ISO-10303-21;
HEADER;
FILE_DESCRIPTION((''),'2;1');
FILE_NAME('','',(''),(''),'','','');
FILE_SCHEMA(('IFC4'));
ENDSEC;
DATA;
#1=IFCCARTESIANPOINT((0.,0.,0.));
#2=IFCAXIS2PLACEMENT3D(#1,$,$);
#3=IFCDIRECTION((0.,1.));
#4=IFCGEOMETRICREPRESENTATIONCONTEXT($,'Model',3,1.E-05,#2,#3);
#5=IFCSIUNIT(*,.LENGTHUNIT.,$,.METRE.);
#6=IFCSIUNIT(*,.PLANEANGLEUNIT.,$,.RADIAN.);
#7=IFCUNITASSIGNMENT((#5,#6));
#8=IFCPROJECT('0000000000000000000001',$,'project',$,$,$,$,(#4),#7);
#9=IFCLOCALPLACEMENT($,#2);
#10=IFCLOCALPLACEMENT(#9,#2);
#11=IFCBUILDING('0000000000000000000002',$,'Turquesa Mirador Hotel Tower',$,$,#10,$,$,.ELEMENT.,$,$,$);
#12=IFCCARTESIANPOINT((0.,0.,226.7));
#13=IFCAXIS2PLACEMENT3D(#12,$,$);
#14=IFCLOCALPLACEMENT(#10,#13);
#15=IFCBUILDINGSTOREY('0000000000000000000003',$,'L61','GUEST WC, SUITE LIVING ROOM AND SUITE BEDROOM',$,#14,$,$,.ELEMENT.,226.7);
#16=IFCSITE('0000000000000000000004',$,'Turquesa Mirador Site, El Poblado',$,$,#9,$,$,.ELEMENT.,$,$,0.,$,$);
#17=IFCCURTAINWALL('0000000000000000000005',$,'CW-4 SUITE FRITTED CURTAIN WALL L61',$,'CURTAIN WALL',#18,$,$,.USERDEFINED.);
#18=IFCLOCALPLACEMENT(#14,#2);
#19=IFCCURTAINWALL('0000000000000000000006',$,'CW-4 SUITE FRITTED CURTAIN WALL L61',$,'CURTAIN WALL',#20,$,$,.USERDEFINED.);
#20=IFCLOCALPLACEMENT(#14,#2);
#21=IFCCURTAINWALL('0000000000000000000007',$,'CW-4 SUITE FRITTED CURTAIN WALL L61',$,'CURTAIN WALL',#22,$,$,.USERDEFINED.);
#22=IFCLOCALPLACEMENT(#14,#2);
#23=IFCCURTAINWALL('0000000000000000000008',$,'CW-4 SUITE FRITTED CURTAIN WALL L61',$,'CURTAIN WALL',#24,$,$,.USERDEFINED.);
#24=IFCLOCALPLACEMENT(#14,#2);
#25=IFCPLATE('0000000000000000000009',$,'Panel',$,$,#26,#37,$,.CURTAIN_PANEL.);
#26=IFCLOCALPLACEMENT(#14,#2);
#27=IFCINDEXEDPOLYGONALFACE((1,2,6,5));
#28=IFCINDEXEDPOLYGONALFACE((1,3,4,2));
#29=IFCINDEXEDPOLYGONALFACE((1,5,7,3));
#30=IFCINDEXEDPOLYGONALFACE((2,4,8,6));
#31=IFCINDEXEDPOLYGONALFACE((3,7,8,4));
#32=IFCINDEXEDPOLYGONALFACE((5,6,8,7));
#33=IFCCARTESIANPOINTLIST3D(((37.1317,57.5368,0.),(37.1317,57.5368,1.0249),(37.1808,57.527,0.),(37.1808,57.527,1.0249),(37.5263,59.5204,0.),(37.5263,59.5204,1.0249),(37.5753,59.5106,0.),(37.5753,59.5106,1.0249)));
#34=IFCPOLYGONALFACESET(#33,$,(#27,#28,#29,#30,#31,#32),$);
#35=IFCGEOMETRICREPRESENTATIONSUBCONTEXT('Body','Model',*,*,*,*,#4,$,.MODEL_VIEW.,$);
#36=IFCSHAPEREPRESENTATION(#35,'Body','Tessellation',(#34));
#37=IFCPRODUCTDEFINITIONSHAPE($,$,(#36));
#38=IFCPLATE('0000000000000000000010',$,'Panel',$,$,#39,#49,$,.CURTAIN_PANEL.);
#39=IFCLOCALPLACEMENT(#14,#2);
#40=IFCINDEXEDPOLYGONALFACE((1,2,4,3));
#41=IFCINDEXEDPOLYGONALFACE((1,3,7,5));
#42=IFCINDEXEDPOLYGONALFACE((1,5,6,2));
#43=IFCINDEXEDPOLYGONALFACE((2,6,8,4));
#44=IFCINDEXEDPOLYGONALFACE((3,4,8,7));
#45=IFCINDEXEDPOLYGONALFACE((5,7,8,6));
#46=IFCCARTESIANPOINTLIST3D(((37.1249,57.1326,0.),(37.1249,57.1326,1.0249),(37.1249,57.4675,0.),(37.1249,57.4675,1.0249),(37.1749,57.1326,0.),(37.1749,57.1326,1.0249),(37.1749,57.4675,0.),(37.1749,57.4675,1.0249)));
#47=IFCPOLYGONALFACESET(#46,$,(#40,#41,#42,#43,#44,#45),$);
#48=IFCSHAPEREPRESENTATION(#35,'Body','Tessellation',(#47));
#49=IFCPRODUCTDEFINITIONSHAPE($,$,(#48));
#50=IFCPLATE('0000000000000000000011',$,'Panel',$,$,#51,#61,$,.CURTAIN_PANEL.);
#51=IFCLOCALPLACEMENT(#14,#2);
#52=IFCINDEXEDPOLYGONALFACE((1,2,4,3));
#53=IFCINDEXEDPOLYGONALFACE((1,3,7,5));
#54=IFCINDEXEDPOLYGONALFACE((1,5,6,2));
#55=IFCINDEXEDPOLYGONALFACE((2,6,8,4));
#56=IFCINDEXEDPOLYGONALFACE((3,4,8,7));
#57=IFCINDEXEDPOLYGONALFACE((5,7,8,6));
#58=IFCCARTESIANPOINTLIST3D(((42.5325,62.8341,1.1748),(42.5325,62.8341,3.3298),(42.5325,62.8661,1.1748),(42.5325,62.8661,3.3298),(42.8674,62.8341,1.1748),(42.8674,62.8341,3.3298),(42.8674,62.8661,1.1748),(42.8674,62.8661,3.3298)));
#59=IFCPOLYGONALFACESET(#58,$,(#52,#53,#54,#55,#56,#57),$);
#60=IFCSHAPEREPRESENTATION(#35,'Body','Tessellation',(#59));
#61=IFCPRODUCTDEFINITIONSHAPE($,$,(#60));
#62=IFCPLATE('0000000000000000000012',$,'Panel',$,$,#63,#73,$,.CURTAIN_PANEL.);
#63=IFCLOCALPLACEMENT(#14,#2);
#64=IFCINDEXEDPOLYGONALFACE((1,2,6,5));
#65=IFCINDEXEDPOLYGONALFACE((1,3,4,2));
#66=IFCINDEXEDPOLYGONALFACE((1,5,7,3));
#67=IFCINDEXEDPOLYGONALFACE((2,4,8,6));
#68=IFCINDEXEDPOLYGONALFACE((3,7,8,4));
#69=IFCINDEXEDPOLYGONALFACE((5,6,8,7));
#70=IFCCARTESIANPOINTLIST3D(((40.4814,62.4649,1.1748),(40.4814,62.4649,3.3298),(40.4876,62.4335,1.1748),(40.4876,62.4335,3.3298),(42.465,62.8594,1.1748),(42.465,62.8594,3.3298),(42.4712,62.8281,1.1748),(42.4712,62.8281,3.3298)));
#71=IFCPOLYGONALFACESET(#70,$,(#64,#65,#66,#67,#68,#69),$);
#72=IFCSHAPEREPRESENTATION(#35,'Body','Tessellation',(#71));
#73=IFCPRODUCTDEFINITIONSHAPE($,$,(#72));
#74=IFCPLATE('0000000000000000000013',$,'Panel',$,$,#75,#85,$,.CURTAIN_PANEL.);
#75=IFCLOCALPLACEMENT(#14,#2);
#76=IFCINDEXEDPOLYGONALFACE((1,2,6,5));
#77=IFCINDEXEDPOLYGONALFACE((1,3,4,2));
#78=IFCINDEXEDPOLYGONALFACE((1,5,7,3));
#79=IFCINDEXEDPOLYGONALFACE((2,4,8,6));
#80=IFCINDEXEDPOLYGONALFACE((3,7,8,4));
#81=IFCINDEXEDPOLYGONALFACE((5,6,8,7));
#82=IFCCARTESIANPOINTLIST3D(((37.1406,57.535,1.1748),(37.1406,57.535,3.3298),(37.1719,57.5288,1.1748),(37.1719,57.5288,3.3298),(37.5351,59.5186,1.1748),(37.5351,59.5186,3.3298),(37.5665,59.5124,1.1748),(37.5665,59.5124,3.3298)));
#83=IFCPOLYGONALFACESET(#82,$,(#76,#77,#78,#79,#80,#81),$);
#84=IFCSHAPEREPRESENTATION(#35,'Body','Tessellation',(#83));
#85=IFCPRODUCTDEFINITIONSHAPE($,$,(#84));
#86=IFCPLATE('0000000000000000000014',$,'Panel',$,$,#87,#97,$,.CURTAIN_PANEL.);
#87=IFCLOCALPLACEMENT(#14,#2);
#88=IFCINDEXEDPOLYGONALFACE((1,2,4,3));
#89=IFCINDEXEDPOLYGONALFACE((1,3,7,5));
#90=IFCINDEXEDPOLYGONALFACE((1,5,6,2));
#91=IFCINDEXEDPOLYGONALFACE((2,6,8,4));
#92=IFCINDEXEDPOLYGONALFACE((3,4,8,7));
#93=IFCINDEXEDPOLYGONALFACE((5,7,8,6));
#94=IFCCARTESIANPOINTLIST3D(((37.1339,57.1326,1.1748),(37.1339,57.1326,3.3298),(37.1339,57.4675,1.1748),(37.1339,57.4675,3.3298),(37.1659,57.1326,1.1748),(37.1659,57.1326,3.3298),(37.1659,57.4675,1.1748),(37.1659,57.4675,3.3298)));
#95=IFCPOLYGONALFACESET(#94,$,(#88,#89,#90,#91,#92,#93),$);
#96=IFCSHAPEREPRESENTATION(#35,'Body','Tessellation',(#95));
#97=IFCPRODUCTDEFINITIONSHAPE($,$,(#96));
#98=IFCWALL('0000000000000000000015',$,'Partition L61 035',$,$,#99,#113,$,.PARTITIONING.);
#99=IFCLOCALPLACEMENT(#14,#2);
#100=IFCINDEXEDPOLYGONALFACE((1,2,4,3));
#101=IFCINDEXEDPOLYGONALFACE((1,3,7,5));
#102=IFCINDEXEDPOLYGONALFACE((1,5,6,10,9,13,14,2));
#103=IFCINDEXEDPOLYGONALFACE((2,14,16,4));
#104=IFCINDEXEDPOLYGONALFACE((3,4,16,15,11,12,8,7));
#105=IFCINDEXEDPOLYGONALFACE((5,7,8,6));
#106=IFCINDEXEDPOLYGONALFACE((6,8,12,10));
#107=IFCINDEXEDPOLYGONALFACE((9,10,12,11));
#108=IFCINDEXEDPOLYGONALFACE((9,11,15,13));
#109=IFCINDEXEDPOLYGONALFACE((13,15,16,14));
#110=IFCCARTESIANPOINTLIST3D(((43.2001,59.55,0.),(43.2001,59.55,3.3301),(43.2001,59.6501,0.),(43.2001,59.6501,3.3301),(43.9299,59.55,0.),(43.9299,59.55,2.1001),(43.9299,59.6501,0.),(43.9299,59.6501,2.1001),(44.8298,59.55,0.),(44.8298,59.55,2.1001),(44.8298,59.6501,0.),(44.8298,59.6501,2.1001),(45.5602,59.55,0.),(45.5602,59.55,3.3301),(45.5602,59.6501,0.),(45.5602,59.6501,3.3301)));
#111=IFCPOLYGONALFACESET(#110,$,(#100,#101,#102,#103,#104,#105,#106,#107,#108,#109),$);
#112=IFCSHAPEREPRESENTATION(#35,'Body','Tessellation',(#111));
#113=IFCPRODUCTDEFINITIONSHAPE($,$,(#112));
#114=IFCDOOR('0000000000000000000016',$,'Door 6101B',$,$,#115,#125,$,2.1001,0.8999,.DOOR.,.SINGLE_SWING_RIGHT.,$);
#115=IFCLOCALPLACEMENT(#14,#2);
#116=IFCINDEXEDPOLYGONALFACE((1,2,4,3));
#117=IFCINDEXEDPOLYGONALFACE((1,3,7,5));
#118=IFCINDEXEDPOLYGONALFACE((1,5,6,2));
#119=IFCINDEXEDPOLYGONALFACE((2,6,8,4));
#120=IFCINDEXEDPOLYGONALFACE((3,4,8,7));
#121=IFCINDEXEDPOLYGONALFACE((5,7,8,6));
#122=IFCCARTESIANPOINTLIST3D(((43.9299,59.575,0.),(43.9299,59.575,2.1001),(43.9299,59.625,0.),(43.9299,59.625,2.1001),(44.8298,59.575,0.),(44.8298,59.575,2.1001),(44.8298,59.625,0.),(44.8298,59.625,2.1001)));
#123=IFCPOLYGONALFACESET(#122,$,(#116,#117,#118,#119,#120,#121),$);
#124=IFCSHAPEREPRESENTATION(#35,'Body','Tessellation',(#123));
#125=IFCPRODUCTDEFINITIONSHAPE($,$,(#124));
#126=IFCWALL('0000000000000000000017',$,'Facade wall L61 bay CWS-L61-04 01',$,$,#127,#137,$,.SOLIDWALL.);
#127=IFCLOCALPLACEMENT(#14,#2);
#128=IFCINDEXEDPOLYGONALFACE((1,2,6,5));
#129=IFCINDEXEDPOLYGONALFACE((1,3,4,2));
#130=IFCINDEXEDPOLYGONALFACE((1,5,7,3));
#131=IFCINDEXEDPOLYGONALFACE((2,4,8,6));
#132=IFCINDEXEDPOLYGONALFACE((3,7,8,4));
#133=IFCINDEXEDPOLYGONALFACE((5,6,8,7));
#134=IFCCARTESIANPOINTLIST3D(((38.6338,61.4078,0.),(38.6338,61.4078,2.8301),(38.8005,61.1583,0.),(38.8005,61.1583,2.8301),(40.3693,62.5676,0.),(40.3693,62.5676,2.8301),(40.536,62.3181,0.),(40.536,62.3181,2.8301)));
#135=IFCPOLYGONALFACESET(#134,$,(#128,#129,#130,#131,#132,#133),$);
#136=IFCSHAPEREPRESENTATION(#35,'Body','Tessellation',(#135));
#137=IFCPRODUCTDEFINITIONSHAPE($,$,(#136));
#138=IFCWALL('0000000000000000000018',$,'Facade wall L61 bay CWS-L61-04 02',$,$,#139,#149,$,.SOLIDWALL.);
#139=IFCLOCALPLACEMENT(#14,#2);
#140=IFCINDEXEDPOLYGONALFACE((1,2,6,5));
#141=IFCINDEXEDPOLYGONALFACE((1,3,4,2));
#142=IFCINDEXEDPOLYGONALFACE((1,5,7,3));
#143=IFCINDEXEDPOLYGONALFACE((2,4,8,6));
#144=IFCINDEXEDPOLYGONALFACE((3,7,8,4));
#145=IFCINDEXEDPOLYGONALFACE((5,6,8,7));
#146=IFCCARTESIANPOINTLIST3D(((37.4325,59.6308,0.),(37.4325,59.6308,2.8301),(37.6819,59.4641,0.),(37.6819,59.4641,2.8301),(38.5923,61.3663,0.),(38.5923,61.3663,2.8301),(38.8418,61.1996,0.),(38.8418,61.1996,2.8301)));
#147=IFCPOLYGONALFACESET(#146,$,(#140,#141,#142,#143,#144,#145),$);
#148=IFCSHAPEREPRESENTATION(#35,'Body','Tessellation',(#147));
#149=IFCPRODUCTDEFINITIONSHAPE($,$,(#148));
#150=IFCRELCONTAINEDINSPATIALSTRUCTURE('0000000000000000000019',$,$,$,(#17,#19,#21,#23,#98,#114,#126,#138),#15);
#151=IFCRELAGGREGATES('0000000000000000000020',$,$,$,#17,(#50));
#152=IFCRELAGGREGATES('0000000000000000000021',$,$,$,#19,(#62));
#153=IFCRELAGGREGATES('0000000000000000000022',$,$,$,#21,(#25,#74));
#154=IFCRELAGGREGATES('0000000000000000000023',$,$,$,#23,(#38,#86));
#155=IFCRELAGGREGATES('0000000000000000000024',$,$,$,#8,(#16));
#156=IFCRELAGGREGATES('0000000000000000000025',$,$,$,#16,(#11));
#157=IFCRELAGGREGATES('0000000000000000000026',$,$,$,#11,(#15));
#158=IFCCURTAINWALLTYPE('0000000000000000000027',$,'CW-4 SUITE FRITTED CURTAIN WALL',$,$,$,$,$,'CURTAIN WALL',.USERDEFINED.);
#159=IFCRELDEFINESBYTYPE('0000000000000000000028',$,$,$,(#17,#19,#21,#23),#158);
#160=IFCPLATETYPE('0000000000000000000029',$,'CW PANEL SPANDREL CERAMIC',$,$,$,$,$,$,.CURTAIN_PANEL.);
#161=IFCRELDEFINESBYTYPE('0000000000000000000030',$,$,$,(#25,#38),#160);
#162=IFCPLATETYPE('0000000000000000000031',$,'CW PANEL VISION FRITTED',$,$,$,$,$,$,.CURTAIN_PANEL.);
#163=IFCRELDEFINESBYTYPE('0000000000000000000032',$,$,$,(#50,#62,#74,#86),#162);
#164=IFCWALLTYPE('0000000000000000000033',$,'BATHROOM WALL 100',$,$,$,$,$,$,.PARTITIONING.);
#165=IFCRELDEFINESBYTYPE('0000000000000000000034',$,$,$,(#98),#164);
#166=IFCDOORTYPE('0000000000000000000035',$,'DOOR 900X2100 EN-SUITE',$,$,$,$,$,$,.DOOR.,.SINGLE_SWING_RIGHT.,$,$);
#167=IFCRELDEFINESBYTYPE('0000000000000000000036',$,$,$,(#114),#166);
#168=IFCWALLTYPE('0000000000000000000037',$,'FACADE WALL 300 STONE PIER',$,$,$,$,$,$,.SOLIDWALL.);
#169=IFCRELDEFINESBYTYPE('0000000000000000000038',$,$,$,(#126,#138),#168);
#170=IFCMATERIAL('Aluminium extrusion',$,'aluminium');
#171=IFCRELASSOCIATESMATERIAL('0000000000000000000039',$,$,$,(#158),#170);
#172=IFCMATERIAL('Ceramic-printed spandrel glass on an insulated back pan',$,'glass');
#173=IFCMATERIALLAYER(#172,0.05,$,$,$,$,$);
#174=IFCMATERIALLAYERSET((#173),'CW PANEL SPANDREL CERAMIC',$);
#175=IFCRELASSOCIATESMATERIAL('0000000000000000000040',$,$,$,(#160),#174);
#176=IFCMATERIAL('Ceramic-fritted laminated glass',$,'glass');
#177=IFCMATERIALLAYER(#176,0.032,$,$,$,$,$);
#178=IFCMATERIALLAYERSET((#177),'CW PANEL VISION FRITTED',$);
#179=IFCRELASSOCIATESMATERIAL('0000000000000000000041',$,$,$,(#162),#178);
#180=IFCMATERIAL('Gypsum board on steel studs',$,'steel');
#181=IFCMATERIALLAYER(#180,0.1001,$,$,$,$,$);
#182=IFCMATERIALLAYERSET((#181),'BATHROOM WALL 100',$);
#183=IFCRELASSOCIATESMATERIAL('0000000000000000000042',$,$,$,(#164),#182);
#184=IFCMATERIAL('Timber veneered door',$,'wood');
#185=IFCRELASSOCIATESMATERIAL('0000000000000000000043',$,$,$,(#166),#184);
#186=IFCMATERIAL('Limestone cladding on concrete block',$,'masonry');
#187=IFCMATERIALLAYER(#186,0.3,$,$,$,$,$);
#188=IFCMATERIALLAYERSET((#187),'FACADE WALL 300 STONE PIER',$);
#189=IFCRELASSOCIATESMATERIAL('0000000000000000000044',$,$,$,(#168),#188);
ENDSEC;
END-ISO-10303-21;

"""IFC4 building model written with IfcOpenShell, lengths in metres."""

from ifc_helpers import new_model, si_unit, direction, frame, frame_2d, origin, origin_2d, place, context, subcontext, project, spatial, rectangle, extrude, material, layer, layer_set, type_object, element, fill, aggregate, save


model = new_model("IFC4")

# Units and contexts
model_context = context("Model", 3, precision=1e-05, world=origin(), true_north=direction((0.0, 1.0)))
body_context = subcontext(model_context, "Body", "Model", "MODEL_VIEW")
ifc_project = project(units=[si_unit("LENGTHUNIT", "METRE"), si_unit("PLANEANGLEUNIT", "RADIAN")], contexts=[model_context])

# Site, building, storey
site_placement = place(None, origin())
site = spatial("IfcSite", under=ifc_project, at=site_placement, Name="Turquesa Mirador Site, El Poblado", CompositionType="ELEMENT", RefElevation=0.0)
building_placement = place(site_placement, origin())
building = spatial("IfcBuilding", under=site, at=building_placement, Name="Turquesa Mirador Hotel Tower", CompositionType="ELEMENT")
storey_placement = place(building_placement, frame((0.0, 0.0, 226.7)))
storey = spatial("IfcBuildingStorey", under=building, at=storey_placement, Name="L61", Description="GUEST WC, SUITE LIVING ROOM AND SUITE BEDROOM", CompositionType="ELEMENT", Elevation=226.7)

# Curtain wall
ifc_material_1 = material(Name="Aluminium extrusion", Category="aluminium")
curtain_wall_type = type_object("IfcCurtainWallType", Name="CW-4 SUITE FRITTED CURTAIN WALL", ElementType="CURTAIN WALL", PredefinedType="USERDEFINED", material=ifc_material_1)
curtain_wall_1_placement = place(storey_placement, origin())
curtain_wall_1 = element("IfcCurtainWall", 1, at=curtain_wall_1_placement, inside=storey, type_object=curtain_wall_type, Name="CW-4 SUITE FRITTED CURTAIN WALL L61", ObjectType="CURTAIN WALL", PredefinedType="USERDEFINED")

# Curtain walls
curtain_wall_2_placement = place(storey_placement, origin())
curtain_wall_2 = element("IfcCurtainWall", 2, at=curtain_wall_2_placement, inside=storey, type_object=curtain_wall_type, Name="CW-4 SUITE FRITTED CURTAIN WALL L61", ObjectType="CURTAIN WALL", PredefinedType="USERDEFINED")
curtain_wall_3_placement = place(storey_placement, origin())
curtain_wall_3 = element("IfcCurtainWall", 3, at=curtain_wall_3_placement, inside=storey, type_object=curtain_wall_type, Name="CW-4 SUITE FRITTED CURTAIN WALL L61", ObjectType="CURTAIN WALL", PredefinedType="USERDEFINED")

# Curtain wall
curtain_wall_4_placement = place(storey_placement, origin())
curtain_wall_4 = element("IfcCurtainWall", 4, at=curtain_wall_4_placement, inside=storey, type_object=curtain_wall_type, Name="CW-4 SUITE FRITTED CURTAIN WALL L61", ObjectType="CURTAIN WALL", PredefinedType="USERDEFINED")

# Plates
ifc_material_2 = material(Name="Ceramic-printed spandrel glass on an insulated back pan", Category="glass")
ifc_layer_1 = layer(ifc_material_2, 0.05)
ifc_layer_set_1 = layer_set([ifc_layer_1], Name="CW PANEL SPANDREL CERAMIC")
plate_type_1 = type_object("IfcPlateType", Name="CW PANEL SPANDREL CERAMIC", PredefinedType="CURTAIN_PANEL", material=ifc_layer_set_1)
plate_1_placement = place(storey_placement, frame((37.3535, 58.5237, 0.0), z_axis=(0.0, 0.0, 1.0), x_axis=(-0.195091, -0.980785, 0.0)))
plate_1 = element("IfcPlate", 5, at=plate_1_placement, type_object=plate_type_1, Name="Panel", PredefinedType="CURTAIN_PANEL", context=body_context, shape_type="SweptSolid", body=[
    extrude(rectangle(XDim=2.0225, YDim=0.05, at=origin_2d()), origin(), (0.0, 0.0, 1.0), 1.0249),
])
plate_2_placement = place(storey_placement, frame((37.1499, 57.3, 0.0), z_axis=(0.0, 0.0, 1.0), x_axis=(0.0, -1.0, 0.0)))
plate_2 = element("IfcPlate", 6, at=plate_2_placement, type_object=plate_type_1, Name="Panel", PredefinedType="CURTAIN_PANEL", context=body_context, shape_type="SweptSolid", body=[
    extrude(rectangle(XDim=0.335, YDim=0.05, at=origin_2d()), origin(), (0.0, 0.0, 1.0), 1.0249),
])
ifc_material_3 = material(Name="Ceramic-fritted laminated glass", Category="glass")
ifc_layer_2 = layer(ifc_material_3, 0.032)
ifc_layer_set_2 = layer_set([ifc_layer_2], Name="CW PANEL VISION FRITTED")
plate_type_2 = type_object("IfcPlateType", Name="CW PANEL VISION FRITTED", PredefinedType="CURTAIN_PANEL", material=ifc_layer_set_2)
plate_3_placement = place(storey_placement, frame((42.7, 62.8501, 1.1748), z_axis=(0.0, 0.0, 1.0), x_axis=(-1.0, 0.0, 0.0)))
plate_3 = element("IfcPlate", 7, at=plate_3_placement, type_object=plate_type_2, Name="Panel", PredefinedType="CURTAIN_PANEL", context=body_context, shape_type="SweptSolid", body=[
    extrude(rectangle(XDim=0.335, YDim=0.032, at=origin_2d()), origin(), (0.0, 0.0, 1.0), 2.155),
])
aggregate(curtain_wall_1, [plate_3])
plate_4_placement = place(storey_placement, frame((41.4763, 62.6465, 1.1748), z_axis=(0.0, 0.0, 1.0), x_axis=(-0.980785, -0.195091, 0.0)))
plate_4 = element("IfcPlate", 8, at=plate_4_placement, type_object=plate_type_2, Name="Panel", PredefinedType="CURTAIN_PANEL", context=body_context, shape_type="SweptSolid", body=[
    extrude(rectangle(XDim=2.0225, YDim=0.032, at=origin_2d()), origin(), (0.0, 0.0, 1.0), 2.155),
])
aggregate(curtain_wall_2, [plate_4])
plate_5_placement = place(storey_placement, frame((37.3535, 58.5237, 1.1748), z_axis=(0.0, 0.0, 1.0), x_axis=(-0.195091, -0.980785, 0.0)))
plate_5 = element("IfcPlate", 9, at=plate_5_placement, type_object=plate_type_2, Name="Panel", PredefinedType="CURTAIN_PANEL", context=body_context, shape_type="SweptSolid", body=[
    extrude(rectangle(XDim=2.0225, YDim=0.032, at=origin_2d()), origin(), (0.0, 0.0, 1.0), 2.155),
])
aggregate(curtain_wall_3, [plate_1, plate_5])
plate_6_placement = place(storey_placement, frame((37.1499, 57.3, 1.1748), z_axis=(0.0, 0.0, 1.0), x_axis=(0.0, -1.0, 0.0)))
plate_6 = element("IfcPlate", 10, at=plate_6_placement, type_object=plate_type_2, Name="Panel", PredefinedType="CURTAIN_PANEL", context=body_context, shape_type="SweptSolid", body=[
    extrude(rectangle(XDim=0.335, YDim=0.032, at=origin_2d()), origin(), (0.0, 0.0, 1.0), 2.155),
])
aggregate(curtain_wall_4, [plate_2, plate_6])

# Wall, opening, door
ifc_material_4 = material(Name="Gypsum board on steel studs", Category="steel")
ifc_layer_3 = layer(ifc_material_4, 0.1001)
ifc_layer_set_3 = layer_set([ifc_layer_3], Name="BATHROOM WALL 100")
wall_type_1 = type_object("IfcWallType", Name="BATHROOM WALL 100", PredefinedType="PARTITIONING", material=ifc_layer_set_3)
wall_placement = place(storey_placement, frame((43.2, 59.6001, 0.0), z_axis=(0.0, 0.0, 1.0), x_axis=(1.0, 0.0, 0.0)))
wall = element("IfcWall", 11, at=wall_placement, inside=storey, type_object=wall_type_1, Name="Partition L61 035", PredefinedType="PARTITIONING", context=body_context, shape_type="SweptSolid", body=[
    extrude(rectangle(XDim=2.3601, YDim=0.1001, at=frame_2d((1.1802, 0.0))), origin(), (0.0, 0.0, 1.0), 3.3301),
])
opening_placement = place(wall_placement, frame((0.73, 0.0, 0.0)))
opening = element("IfcOpeningElement", 12, at=opening_placement, cuts=wall, PredefinedType="OPENING", context=body_context, shape_type="SweptSolid", body=[
    extrude(rectangle(XDim=0.8999, YDim=2.1001, at=frame_2d((0.45, 1.05))), frame((0.0, 0.0601, 0.0), z_axis=(0.0, -1.0, 0.0), x_axis=(1.0, 0.0, 0.0)), (0.0, 0.0, 1.0), 0.1201),
])
ifc_material_5 = material(Name="Timber veneered door", Category="wood")
door_type = type_object("IfcDoorType", Name="DOOR 900X2100 EN-SUITE", OperationType="SINGLE_SWING_RIGHT", PredefinedType="DOOR", material=ifc_material_5)
door_placement = place(opening_placement, origin())
door = element("IfcDoor", 13, at=door_placement, inside=storey, type_object=door_type, Name="Door 6101B", OperationType="SINGLE_SWING_RIGHT", OverallHeight=2.1001, OverallWidth=0.8999, PredefinedType="DOOR", context=body_context, shape_type="SweptSolid", body=[
    extrude(rectangle(XDim=0.8999, YDim=2.1001, at=frame_2d((0.45, 1.05))), frame((0.0, 0.0249, 0.0), z_axis=(0.0, -1.0, 0.0), x_axis=(1.0, 0.0, 0.0)), (0.0, 0.0, 1.0), 0.05),
])
fill(opening, door)

# Walls
ifc_material_6 = material(Name="Limestone cladding on concrete block", Category="masonry")
ifc_layer_4 = layer(ifc_material_6, 0.3)
ifc_layer_set_4 = layer_set([ifc_layer_4], Name="FACADE WALL 300 STONE PIER")
wall_type_2 = type_object("IfcWallType", Name="FACADE WALL 300 STONE PIER", PredefinedType="SOLIDWALL", material=ifc_layer_set_4)
for number, where, z_axis, x_axis, name in (
    (14, (40.4526, 62.4429, 0.0), (0.0, 0.0, 1.0), (-0.83142, -0.555644, 0.0), "Facade wall L61 bay CWS-L61-04 01"),
    (15, (38.717, 61.283, 0.0), (0.0, 0.0, 1.0), (-0.555644, -0.83142, 0.0), "Facade wall L61 bay CWS-L61-04 02"),
):
    element("IfcWall", number, at=place(storey_placement, frame(where, z_axis=z_axis, x_axis=x_axis)), inside=storey, type_object=wall_type_2, Name=name, PredefinedType="SOLIDWALL", context=body_context, shape_type="SweptSolid", body=[
        extrude(rectangle(XDim=2.0874, YDim=0.3, at=frame_2d((1.0437, 0.0))), origin(), (0.0, 0.0, 1.0), 2.8301),
    ])

save(model, "model.ifc")
